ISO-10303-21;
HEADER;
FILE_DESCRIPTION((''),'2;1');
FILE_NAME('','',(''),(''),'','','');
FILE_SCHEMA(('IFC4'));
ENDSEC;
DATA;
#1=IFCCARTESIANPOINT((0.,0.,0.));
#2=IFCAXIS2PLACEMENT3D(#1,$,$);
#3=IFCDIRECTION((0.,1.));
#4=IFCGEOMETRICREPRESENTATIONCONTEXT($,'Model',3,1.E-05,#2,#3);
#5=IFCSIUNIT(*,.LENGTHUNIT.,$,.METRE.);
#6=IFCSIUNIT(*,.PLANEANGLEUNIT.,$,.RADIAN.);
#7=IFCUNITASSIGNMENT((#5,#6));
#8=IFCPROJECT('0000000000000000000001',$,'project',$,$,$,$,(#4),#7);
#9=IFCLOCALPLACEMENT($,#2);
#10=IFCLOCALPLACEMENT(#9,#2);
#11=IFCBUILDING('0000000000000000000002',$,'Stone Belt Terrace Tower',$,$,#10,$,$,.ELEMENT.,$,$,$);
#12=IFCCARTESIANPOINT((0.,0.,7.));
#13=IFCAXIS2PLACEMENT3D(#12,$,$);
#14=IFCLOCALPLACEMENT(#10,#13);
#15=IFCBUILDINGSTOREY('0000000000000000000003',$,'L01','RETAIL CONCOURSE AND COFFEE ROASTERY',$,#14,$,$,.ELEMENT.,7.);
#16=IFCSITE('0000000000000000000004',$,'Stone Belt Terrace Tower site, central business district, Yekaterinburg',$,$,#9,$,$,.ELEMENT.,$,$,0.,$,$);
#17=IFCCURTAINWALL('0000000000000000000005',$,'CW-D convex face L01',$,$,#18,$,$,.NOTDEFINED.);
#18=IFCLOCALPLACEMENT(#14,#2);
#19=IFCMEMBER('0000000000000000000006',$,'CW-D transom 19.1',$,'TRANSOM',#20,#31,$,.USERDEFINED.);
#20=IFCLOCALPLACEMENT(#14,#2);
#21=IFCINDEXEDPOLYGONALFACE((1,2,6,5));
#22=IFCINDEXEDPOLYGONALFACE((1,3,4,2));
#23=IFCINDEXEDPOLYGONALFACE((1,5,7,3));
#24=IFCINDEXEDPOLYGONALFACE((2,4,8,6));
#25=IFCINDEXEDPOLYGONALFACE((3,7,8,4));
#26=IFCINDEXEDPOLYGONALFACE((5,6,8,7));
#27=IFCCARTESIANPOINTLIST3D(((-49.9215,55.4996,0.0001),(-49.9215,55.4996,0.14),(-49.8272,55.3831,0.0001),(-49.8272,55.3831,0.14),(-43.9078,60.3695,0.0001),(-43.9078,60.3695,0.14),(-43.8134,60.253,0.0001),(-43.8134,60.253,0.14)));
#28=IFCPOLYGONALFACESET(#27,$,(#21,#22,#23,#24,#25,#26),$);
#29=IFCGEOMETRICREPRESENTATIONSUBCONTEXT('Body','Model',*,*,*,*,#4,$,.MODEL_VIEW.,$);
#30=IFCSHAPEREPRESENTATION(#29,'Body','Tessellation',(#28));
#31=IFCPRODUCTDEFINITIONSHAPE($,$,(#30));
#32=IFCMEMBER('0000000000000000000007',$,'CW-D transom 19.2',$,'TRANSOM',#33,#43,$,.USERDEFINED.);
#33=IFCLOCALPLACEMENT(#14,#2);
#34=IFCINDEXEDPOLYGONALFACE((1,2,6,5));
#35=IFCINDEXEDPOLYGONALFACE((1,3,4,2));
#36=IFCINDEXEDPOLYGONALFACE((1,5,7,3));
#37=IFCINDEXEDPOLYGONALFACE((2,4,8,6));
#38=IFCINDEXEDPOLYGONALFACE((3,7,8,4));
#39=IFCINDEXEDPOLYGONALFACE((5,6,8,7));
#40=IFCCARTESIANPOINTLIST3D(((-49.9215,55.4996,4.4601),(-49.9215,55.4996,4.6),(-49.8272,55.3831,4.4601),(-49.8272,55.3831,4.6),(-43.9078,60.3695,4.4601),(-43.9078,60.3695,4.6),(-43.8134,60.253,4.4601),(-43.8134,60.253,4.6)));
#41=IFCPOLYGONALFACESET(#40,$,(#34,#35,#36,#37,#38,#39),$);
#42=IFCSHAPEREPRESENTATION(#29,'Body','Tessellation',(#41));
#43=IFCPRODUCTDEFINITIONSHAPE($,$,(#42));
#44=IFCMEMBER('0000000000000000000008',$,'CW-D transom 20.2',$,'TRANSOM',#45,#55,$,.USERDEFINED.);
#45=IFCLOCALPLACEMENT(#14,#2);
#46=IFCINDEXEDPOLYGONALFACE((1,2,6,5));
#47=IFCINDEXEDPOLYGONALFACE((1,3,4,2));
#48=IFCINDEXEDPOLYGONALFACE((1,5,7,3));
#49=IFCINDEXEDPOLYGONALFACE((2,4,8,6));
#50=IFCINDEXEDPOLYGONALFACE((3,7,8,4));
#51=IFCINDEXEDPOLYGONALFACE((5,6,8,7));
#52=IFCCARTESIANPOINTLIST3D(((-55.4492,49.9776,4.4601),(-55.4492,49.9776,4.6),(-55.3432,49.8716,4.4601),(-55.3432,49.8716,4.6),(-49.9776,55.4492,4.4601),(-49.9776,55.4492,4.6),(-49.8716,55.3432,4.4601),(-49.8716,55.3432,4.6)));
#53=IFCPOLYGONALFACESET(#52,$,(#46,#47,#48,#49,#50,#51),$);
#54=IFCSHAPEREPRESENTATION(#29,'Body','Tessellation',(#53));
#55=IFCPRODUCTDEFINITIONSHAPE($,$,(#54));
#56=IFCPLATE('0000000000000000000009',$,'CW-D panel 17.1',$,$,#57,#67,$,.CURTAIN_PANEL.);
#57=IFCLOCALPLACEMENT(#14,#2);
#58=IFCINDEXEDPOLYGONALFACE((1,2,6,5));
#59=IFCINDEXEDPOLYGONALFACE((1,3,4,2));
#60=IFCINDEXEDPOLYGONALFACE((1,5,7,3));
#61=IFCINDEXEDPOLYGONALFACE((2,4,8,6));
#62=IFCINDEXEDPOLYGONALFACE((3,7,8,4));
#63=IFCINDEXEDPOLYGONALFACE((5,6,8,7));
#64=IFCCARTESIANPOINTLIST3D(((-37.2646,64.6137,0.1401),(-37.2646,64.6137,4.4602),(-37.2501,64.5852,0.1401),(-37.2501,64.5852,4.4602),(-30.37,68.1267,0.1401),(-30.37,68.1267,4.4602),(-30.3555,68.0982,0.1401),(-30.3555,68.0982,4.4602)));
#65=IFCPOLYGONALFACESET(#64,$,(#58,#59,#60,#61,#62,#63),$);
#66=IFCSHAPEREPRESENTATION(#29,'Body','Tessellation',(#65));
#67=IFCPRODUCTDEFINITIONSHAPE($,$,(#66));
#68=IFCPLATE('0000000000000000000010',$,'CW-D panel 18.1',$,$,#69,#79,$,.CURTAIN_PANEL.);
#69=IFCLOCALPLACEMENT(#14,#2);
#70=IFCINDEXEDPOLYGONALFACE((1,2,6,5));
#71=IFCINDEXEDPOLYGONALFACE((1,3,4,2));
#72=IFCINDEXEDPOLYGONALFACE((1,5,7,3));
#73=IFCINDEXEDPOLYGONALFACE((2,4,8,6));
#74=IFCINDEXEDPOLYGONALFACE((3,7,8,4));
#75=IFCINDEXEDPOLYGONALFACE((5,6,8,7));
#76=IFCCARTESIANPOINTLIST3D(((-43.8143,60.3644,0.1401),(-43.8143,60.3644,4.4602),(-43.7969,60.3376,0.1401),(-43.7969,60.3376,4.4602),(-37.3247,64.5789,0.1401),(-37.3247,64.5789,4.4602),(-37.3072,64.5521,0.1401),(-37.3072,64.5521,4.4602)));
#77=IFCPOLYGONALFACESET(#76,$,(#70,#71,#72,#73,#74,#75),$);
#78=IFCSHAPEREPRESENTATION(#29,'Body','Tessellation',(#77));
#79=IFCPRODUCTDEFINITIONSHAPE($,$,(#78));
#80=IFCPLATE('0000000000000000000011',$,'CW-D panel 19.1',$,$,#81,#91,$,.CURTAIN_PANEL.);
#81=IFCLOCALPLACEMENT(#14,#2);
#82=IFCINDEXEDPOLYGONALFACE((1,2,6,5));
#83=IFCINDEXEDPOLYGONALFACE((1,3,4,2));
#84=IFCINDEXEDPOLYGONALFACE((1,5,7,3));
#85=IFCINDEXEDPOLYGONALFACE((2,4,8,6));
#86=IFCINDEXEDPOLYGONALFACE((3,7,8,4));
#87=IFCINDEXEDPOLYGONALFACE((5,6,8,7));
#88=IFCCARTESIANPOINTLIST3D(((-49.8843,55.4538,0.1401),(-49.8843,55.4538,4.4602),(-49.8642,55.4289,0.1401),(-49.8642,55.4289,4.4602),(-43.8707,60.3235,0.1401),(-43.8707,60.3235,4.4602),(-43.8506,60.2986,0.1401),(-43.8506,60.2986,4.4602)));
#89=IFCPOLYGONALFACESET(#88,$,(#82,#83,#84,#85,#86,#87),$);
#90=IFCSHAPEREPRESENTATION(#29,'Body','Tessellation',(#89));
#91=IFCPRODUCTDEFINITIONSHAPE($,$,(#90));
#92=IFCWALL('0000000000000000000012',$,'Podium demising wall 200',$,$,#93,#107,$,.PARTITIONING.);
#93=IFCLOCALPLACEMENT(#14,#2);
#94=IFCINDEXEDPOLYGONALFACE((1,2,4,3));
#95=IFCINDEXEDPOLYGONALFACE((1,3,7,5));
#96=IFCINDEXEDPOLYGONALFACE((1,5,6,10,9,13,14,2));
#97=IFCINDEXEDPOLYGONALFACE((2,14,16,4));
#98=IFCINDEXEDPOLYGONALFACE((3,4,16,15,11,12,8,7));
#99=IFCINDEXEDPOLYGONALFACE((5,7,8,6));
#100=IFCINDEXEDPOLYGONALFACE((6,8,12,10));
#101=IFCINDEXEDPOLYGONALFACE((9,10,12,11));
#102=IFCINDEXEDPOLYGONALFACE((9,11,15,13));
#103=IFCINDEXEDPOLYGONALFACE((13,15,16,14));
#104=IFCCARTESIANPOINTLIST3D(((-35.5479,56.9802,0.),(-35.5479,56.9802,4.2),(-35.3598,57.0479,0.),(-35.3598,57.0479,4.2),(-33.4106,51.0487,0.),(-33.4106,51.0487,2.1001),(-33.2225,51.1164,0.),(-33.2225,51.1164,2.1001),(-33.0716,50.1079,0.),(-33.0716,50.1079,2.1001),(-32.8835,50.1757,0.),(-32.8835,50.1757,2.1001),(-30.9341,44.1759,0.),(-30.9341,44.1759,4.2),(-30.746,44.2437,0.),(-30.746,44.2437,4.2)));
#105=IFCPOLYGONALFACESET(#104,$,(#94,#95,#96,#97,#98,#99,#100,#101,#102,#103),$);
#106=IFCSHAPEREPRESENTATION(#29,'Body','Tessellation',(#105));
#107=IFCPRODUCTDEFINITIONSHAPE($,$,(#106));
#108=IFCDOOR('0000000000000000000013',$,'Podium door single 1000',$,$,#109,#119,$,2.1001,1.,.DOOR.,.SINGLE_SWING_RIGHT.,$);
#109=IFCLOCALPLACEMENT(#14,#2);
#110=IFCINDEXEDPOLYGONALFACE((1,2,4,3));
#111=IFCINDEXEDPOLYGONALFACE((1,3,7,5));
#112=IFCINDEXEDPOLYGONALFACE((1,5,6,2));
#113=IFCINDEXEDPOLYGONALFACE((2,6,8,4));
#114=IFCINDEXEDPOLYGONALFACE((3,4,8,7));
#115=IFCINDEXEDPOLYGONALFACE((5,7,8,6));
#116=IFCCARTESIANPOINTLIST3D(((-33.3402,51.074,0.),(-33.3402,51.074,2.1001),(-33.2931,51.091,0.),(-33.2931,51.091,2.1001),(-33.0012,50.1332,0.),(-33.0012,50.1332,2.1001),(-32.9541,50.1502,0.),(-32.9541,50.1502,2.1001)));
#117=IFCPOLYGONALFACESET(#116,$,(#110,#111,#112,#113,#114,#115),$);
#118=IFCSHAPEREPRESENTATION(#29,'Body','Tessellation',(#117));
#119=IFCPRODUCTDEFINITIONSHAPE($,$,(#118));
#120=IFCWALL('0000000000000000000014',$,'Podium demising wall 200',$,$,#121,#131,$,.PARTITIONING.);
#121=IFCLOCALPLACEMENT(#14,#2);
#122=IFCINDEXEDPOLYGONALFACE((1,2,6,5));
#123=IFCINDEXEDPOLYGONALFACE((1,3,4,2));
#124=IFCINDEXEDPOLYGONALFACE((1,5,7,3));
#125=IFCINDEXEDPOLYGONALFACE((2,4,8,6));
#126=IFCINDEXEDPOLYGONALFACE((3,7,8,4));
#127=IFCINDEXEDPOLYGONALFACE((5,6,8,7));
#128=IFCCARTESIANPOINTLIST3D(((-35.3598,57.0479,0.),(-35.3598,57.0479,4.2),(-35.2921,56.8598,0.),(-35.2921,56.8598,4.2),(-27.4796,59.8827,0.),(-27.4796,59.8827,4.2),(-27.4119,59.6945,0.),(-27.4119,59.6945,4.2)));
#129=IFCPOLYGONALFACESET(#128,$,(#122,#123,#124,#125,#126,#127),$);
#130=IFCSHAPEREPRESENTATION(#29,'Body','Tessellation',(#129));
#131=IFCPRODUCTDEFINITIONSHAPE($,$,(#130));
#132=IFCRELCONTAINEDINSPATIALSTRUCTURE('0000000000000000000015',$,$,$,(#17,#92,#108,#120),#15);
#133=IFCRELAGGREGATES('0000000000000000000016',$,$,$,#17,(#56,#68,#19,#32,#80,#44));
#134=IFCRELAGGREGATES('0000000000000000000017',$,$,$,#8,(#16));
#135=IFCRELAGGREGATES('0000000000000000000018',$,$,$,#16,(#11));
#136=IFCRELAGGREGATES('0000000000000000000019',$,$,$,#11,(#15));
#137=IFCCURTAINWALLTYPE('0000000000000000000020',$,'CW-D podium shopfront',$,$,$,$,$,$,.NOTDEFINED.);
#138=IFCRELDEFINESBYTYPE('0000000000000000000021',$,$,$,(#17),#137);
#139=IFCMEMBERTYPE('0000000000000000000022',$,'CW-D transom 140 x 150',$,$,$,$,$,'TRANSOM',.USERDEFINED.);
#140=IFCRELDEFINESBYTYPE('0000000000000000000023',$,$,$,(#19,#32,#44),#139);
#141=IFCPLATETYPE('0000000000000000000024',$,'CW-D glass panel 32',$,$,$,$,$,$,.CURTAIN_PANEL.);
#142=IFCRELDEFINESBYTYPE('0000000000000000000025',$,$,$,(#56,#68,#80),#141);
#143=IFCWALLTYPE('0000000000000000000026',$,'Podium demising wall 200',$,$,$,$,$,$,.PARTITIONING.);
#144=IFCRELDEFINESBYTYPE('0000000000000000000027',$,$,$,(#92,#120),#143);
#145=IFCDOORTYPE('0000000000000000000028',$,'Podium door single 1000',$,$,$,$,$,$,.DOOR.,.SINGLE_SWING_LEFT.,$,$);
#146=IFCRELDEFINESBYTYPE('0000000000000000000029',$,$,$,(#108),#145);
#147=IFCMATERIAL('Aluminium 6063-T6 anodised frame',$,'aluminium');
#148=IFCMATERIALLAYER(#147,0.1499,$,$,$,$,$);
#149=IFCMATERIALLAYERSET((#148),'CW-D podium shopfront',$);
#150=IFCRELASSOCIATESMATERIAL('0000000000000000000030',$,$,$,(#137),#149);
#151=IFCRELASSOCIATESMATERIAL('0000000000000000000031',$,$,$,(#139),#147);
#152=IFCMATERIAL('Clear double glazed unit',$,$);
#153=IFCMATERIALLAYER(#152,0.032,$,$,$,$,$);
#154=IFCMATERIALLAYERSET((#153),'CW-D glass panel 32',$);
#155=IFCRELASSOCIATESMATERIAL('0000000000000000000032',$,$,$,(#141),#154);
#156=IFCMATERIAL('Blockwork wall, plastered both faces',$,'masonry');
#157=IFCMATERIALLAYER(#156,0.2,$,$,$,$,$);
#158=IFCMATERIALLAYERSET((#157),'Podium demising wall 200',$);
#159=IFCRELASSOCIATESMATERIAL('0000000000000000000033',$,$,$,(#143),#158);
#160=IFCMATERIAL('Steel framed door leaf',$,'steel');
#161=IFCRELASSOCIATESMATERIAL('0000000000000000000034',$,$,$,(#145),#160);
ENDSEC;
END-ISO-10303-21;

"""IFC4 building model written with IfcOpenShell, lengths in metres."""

from ifc_helpers import new_model, si_unit, direction, frame, frame_2d, origin, origin_2d, place, context, subcontext, project, spatial, rectangle, extrude, material, layer, layer_set, material_profile, profile_set, type_object, element, fill, aggregate, save


model = new_model("IFC4")

# Units and contexts
model_context = context("Model", 3, precision=1e-05, world=origin(), true_north=direction((0.0, 1.0)))
body_context = subcontext(model_context, "Body", "Model", "MODEL_VIEW")
ifc_project = project(units=[si_unit("LENGTHUNIT", "METRE"), si_unit("PLANEANGLEUNIT", "RADIAN")], contexts=[model_context])

# Site, building, storey
site_placement = place(None, origin())
site = spatial("IfcSite", under=ifc_project, at=site_placement, Name="Stone Belt Terrace Tower site, central business district, Yekaterinburg", CompositionType="ELEMENT", RefElevation=0.0)
building_placement = place(site_placement, origin())
building = spatial("IfcBuilding", under=site, at=building_placement, Name="Stone Belt Terrace Tower", CompositionType="ELEMENT")
storey_placement = place(building_placement, frame((0.0, 0.0, 7.0)))
storey = spatial("IfcBuildingStorey", under=building, at=storey_placement, Name="L01", Description="RETAIL CONCOURSE AND COFFEE ROASTERY", CompositionType="ELEMENT", Elevation=7.0)

# Curtain wall, members, plates
ifc_material_1 = material(Name="Aluminium 6063-T6 anodised frame", Category="aluminium")
ifc_layer_1 = layer(ifc_material_1, 0.1499)
ifc_layer_set_1 = layer_set([ifc_layer_1], Name="CW-D podium shopfront")
curtain_wall_type = type_object("IfcCurtainWallType", Name="CW-D podium shopfront", PredefinedType="NOTDEFINED", material=ifc_layer_set_1)
curtain_wall_placement = place(storey_placement, origin())
curtain_wall = element("IfcCurtainWall", 1, at=curtain_wall_placement, inside=storey, type_object=curtain_wall_type, Name="CW-D convex face L01", PredefinedType="NOTDEFINED")
ifc_material_profile_1 = material_profile(ifc_material_1, rectangle(XDim=0.1499, YDim=0.1399, at=origin_2d()), Name="Aluminium 6063-T6 150x140")
ifc_profile_set_1 = profile_set([ifc_material_profile_1], Name="Aluminium 6063-T6 anodised frame")
member_type_1 = type_object("IfcMemberType", Name="CW-D transom 140 x 150", ElementType="TRANSOM", PredefinedType="USERDEFINED", material=ifc_profile_set_1)
member_1_placement = place(storey_placement, frame((-43.8606, 60.3113, 0.0701), z_axis=(-0.77714, -0.629328, 0.0), x_axis=(0.629328, -0.77714, 0.0)))
member_1 = element("IfcMember", 2, at=member_1_placement, type_object=member_type_1, Name="CW-D transom 19.1", ObjectType="TRANSOM", PredefinedType="USERDEFINED", context=body_context, shape_type="SweptSolid", body=[
    extrude(rectangle(XDim=0.1499, YDim=0.1399, at=origin_2d()), origin(), (0.0, 0.0, 1.0), 7.7383),
])
member_2_placement = place(storey_placement, frame((-43.8606, 60.3113, 4.53), z_axis=(-0.77714, -0.629328, 0.0), x_axis=(0.629328, -0.77714, 0.0)))
member_2 = element("IfcMember", 3, at=member_2_placement, type_object=member_type_1, Name="CW-D transom 19.2", ObjectType="TRANSOM", PredefinedType="USERDEFINED", context=body_context, shape_type="SweptSolid", body=[
    extrude(rectangle(XDim=0.1499, YDim=0.1399, at=origin_2d()), origin(), (0.0, 0.0, 1.0), 7.7383),
])
member_3_placement = place(storey_placement, frame((-49.9246, 55.3962, 4.53), z_axis=(-0.707107, -0.707107, 0.0), x_axis=(0.707107, -0.707107, 0.0)))
member_3 = element("IfcMember", 4, at=member_3_placement, type_object=member_type_1, Name="CW-D transom 20.2", ObjectType="TRANSOM", PredefinedType="USERDEFINED", context=body_context, shape_type="SweptSolid", body=[
    extrude(rectangle(XDim=0.1499, YDim=0.1399, at=origin_2d()), origin(), (0.0, 0.0, 1.0), 7.738),
])
ifc_material_2 = material(Name="Clear double glazed unit")
ifc_layer_2 = layer(ifc_material_2, 0.032)
ifc_layer_set_2 = layer_set([ifc_layer_2], Name="CW-D glass panel 32")
plate_type = type_object("IfcPlateType", Name="CW-D glass panel 32", PredefinedType="CURTAIN_PANEL", material=ifc_layer_set_2)
plate_1_placement = place(storey_placement, frame((-33.8101, 66.356, 0.1401), z_axis=(0.0, 0.0, 1.0), x_axis=(-0.891007, -0.45399, 0.0)))
plate_1 = element("IfcPlate", 5, at=plate_1_placement, type_object=plate_type, Name="CW-D panel 17.1", PredefinedType="CURTAIN_PANEL", context=body_context, shape_type="SweptSolid", body=[
    extrude(rectangle(XDim=7.738, YDim=0.032, at=origin_2d()), origin(), (0.0, 0.0, 1.0), 4.3201),
])
plate_2_placement = place(storey_placement, frame((-40.5608, 62.4583, 0.1401), z_axis=(0.0, 0.0, 1.0), x_axis=(-0.838671, -0.544639, 0.0)))
plate_2 = element("IfcPlate", 6, at=plate_2_placement, type_object=plate_type, Name="CW-D panel 18.1", PredefinedType="CURTAIN_PANEL", context=body_context, shape_type="SweptSolid", body=[
    extrude(rectangle(XDim=7.738, YDim=0.032, at=origin_2d()), origin(), (0.0, 0.0, 1.0), 4.3201),
])
plate_3_placement = place(storey_placement, frame((-46.8674, 57.8762, 0.1401), z_axis=(0.0, 0.0, 1.0), x_axis=(-0.777146, -0.62932, 0.0)))
plate_3 = element("IfcPlate", 7, at=plate_3_placement, type_object=plate_type, Name="CW-D panel 19.1", PredefinedType="CURTAIN_PANEL", context=body_context, shape_type="SweptSolid", body=[
    extrude(rectangle(XDim=7.738, YDim=0.032, at=origin_2d()), origin(), (0.0, 0.0, 1.0), 4.3201),
])
aggregate(curtain_wall, [plate_1, plate_2, member_1, member_2, plate_3, member_3])

# Wall, opening, door
ifc_material_3 = material(Name="Blockwork wall, plastered both faces", Category="masonry")
ifc_layer_3 = layer(ifc_material_3, 0.2)
ifc_layer_set_3 = layer_set([ifc_layer_3], Name="Podium demising wall 200")
wall_type = type_object("IfcWallType", Name="Podium demising wall 200", PredefinedType="PARTITIONING", material=ifc_layer_set_3)
wall_1_placement = place(storey_placement, frame((-35.4539, 57.0142, 0.0), z_axis=(0.0, 0.0, 1.0), x_axis=(0.338996, -0.940788, 0.0)))
wall_1 = element("IfcWall", 8, at=wall_1_placement, inside=storey, type_object=wall_type, Name="Podium demising wall 200", PredefinedType="PARTITIONING", context=body_context, shape_type="SweptSolid", body=[
    extrude(rectangle(XDim=13.6101, YDim=0.2, at=frame_2d((6.8052, 0.0))), origin(), (0.0, 0.0, 1.0), 4.2),
])
opening_placement = place(wall_1_placement, frame((6.3049, 0.0, 0.0)))
opening = element("IfcOpeningElement", 9, at=opening_placement, cuts=wall_1, PredefinedType="OPENING", context=body_context, shape_type="SweptSolid", body=[
    extrude(rectangle(XDim=1.0, YDim=2.1001, at=frame_2d((0.5, 1.05))), frame((0.0, 0.1099, 0.0), z_axis=(0.0, -1.0, 0.0), x_axis=(1.0, 0.0, 0.0)), (0.0, 0.0, 1.0), 0.22),
])
ifc_material_4 = material(Name="Steel framed door leaf", Category="steel")
door_type = type_object("IfcDoorType", Name="Podium door single 1000", OperationType="SINGLE_SWING_LEFT", PredefinedType="DOOR", material=ifc_material_4)
door_placement = place(opening_placement, origin())
door = element("IfcDoor", 10, at=door_placement, inside=storey, type_object=door_type, Name="Podium door single 1000", OperationType="SINGLE_SWING_RIGHT", OverallHeight=2.1001, OverallWidth=1.0, PredefinedType="DOOR", context=body_context, shape_type="SweptSolid", body=[
    extrude(rectangle(XDim=1.0, YDim=2.1001, at=frame_2d((0.5, 1.05))), frame((0.0, 0.0249, 0.0), z_axis=(0.0, -1.0, 0.0), x_axis=(1.0, 0.0, 0.0)), (0.0, 0.0, 1.0), 0.05),
])
fill(opening, door)

# Wall
wall_2_placement = place(storey_placement, frame((-35.3259, 56.9539, 0.0), z_axis=(0.0, 0.0, 1.0), x_axis=(0.940968, 0.338494, 0.0)))
element("IfcWall", 11, at=wall_2_placement, inside=storey, type_object=wall_type, Name="Podium demising wall 200", PredefinedType="PARTITIONING", context=body_context, shape_type="SweptSolid", body=[
    extrude(rectangle(XDim=8.3745, YDim=0.2, at=frame_2d((4.1873, 0.0))), origin(), (0.0, 0.0, 1.0), 4.2),
])

save(model, "model.ifc")
